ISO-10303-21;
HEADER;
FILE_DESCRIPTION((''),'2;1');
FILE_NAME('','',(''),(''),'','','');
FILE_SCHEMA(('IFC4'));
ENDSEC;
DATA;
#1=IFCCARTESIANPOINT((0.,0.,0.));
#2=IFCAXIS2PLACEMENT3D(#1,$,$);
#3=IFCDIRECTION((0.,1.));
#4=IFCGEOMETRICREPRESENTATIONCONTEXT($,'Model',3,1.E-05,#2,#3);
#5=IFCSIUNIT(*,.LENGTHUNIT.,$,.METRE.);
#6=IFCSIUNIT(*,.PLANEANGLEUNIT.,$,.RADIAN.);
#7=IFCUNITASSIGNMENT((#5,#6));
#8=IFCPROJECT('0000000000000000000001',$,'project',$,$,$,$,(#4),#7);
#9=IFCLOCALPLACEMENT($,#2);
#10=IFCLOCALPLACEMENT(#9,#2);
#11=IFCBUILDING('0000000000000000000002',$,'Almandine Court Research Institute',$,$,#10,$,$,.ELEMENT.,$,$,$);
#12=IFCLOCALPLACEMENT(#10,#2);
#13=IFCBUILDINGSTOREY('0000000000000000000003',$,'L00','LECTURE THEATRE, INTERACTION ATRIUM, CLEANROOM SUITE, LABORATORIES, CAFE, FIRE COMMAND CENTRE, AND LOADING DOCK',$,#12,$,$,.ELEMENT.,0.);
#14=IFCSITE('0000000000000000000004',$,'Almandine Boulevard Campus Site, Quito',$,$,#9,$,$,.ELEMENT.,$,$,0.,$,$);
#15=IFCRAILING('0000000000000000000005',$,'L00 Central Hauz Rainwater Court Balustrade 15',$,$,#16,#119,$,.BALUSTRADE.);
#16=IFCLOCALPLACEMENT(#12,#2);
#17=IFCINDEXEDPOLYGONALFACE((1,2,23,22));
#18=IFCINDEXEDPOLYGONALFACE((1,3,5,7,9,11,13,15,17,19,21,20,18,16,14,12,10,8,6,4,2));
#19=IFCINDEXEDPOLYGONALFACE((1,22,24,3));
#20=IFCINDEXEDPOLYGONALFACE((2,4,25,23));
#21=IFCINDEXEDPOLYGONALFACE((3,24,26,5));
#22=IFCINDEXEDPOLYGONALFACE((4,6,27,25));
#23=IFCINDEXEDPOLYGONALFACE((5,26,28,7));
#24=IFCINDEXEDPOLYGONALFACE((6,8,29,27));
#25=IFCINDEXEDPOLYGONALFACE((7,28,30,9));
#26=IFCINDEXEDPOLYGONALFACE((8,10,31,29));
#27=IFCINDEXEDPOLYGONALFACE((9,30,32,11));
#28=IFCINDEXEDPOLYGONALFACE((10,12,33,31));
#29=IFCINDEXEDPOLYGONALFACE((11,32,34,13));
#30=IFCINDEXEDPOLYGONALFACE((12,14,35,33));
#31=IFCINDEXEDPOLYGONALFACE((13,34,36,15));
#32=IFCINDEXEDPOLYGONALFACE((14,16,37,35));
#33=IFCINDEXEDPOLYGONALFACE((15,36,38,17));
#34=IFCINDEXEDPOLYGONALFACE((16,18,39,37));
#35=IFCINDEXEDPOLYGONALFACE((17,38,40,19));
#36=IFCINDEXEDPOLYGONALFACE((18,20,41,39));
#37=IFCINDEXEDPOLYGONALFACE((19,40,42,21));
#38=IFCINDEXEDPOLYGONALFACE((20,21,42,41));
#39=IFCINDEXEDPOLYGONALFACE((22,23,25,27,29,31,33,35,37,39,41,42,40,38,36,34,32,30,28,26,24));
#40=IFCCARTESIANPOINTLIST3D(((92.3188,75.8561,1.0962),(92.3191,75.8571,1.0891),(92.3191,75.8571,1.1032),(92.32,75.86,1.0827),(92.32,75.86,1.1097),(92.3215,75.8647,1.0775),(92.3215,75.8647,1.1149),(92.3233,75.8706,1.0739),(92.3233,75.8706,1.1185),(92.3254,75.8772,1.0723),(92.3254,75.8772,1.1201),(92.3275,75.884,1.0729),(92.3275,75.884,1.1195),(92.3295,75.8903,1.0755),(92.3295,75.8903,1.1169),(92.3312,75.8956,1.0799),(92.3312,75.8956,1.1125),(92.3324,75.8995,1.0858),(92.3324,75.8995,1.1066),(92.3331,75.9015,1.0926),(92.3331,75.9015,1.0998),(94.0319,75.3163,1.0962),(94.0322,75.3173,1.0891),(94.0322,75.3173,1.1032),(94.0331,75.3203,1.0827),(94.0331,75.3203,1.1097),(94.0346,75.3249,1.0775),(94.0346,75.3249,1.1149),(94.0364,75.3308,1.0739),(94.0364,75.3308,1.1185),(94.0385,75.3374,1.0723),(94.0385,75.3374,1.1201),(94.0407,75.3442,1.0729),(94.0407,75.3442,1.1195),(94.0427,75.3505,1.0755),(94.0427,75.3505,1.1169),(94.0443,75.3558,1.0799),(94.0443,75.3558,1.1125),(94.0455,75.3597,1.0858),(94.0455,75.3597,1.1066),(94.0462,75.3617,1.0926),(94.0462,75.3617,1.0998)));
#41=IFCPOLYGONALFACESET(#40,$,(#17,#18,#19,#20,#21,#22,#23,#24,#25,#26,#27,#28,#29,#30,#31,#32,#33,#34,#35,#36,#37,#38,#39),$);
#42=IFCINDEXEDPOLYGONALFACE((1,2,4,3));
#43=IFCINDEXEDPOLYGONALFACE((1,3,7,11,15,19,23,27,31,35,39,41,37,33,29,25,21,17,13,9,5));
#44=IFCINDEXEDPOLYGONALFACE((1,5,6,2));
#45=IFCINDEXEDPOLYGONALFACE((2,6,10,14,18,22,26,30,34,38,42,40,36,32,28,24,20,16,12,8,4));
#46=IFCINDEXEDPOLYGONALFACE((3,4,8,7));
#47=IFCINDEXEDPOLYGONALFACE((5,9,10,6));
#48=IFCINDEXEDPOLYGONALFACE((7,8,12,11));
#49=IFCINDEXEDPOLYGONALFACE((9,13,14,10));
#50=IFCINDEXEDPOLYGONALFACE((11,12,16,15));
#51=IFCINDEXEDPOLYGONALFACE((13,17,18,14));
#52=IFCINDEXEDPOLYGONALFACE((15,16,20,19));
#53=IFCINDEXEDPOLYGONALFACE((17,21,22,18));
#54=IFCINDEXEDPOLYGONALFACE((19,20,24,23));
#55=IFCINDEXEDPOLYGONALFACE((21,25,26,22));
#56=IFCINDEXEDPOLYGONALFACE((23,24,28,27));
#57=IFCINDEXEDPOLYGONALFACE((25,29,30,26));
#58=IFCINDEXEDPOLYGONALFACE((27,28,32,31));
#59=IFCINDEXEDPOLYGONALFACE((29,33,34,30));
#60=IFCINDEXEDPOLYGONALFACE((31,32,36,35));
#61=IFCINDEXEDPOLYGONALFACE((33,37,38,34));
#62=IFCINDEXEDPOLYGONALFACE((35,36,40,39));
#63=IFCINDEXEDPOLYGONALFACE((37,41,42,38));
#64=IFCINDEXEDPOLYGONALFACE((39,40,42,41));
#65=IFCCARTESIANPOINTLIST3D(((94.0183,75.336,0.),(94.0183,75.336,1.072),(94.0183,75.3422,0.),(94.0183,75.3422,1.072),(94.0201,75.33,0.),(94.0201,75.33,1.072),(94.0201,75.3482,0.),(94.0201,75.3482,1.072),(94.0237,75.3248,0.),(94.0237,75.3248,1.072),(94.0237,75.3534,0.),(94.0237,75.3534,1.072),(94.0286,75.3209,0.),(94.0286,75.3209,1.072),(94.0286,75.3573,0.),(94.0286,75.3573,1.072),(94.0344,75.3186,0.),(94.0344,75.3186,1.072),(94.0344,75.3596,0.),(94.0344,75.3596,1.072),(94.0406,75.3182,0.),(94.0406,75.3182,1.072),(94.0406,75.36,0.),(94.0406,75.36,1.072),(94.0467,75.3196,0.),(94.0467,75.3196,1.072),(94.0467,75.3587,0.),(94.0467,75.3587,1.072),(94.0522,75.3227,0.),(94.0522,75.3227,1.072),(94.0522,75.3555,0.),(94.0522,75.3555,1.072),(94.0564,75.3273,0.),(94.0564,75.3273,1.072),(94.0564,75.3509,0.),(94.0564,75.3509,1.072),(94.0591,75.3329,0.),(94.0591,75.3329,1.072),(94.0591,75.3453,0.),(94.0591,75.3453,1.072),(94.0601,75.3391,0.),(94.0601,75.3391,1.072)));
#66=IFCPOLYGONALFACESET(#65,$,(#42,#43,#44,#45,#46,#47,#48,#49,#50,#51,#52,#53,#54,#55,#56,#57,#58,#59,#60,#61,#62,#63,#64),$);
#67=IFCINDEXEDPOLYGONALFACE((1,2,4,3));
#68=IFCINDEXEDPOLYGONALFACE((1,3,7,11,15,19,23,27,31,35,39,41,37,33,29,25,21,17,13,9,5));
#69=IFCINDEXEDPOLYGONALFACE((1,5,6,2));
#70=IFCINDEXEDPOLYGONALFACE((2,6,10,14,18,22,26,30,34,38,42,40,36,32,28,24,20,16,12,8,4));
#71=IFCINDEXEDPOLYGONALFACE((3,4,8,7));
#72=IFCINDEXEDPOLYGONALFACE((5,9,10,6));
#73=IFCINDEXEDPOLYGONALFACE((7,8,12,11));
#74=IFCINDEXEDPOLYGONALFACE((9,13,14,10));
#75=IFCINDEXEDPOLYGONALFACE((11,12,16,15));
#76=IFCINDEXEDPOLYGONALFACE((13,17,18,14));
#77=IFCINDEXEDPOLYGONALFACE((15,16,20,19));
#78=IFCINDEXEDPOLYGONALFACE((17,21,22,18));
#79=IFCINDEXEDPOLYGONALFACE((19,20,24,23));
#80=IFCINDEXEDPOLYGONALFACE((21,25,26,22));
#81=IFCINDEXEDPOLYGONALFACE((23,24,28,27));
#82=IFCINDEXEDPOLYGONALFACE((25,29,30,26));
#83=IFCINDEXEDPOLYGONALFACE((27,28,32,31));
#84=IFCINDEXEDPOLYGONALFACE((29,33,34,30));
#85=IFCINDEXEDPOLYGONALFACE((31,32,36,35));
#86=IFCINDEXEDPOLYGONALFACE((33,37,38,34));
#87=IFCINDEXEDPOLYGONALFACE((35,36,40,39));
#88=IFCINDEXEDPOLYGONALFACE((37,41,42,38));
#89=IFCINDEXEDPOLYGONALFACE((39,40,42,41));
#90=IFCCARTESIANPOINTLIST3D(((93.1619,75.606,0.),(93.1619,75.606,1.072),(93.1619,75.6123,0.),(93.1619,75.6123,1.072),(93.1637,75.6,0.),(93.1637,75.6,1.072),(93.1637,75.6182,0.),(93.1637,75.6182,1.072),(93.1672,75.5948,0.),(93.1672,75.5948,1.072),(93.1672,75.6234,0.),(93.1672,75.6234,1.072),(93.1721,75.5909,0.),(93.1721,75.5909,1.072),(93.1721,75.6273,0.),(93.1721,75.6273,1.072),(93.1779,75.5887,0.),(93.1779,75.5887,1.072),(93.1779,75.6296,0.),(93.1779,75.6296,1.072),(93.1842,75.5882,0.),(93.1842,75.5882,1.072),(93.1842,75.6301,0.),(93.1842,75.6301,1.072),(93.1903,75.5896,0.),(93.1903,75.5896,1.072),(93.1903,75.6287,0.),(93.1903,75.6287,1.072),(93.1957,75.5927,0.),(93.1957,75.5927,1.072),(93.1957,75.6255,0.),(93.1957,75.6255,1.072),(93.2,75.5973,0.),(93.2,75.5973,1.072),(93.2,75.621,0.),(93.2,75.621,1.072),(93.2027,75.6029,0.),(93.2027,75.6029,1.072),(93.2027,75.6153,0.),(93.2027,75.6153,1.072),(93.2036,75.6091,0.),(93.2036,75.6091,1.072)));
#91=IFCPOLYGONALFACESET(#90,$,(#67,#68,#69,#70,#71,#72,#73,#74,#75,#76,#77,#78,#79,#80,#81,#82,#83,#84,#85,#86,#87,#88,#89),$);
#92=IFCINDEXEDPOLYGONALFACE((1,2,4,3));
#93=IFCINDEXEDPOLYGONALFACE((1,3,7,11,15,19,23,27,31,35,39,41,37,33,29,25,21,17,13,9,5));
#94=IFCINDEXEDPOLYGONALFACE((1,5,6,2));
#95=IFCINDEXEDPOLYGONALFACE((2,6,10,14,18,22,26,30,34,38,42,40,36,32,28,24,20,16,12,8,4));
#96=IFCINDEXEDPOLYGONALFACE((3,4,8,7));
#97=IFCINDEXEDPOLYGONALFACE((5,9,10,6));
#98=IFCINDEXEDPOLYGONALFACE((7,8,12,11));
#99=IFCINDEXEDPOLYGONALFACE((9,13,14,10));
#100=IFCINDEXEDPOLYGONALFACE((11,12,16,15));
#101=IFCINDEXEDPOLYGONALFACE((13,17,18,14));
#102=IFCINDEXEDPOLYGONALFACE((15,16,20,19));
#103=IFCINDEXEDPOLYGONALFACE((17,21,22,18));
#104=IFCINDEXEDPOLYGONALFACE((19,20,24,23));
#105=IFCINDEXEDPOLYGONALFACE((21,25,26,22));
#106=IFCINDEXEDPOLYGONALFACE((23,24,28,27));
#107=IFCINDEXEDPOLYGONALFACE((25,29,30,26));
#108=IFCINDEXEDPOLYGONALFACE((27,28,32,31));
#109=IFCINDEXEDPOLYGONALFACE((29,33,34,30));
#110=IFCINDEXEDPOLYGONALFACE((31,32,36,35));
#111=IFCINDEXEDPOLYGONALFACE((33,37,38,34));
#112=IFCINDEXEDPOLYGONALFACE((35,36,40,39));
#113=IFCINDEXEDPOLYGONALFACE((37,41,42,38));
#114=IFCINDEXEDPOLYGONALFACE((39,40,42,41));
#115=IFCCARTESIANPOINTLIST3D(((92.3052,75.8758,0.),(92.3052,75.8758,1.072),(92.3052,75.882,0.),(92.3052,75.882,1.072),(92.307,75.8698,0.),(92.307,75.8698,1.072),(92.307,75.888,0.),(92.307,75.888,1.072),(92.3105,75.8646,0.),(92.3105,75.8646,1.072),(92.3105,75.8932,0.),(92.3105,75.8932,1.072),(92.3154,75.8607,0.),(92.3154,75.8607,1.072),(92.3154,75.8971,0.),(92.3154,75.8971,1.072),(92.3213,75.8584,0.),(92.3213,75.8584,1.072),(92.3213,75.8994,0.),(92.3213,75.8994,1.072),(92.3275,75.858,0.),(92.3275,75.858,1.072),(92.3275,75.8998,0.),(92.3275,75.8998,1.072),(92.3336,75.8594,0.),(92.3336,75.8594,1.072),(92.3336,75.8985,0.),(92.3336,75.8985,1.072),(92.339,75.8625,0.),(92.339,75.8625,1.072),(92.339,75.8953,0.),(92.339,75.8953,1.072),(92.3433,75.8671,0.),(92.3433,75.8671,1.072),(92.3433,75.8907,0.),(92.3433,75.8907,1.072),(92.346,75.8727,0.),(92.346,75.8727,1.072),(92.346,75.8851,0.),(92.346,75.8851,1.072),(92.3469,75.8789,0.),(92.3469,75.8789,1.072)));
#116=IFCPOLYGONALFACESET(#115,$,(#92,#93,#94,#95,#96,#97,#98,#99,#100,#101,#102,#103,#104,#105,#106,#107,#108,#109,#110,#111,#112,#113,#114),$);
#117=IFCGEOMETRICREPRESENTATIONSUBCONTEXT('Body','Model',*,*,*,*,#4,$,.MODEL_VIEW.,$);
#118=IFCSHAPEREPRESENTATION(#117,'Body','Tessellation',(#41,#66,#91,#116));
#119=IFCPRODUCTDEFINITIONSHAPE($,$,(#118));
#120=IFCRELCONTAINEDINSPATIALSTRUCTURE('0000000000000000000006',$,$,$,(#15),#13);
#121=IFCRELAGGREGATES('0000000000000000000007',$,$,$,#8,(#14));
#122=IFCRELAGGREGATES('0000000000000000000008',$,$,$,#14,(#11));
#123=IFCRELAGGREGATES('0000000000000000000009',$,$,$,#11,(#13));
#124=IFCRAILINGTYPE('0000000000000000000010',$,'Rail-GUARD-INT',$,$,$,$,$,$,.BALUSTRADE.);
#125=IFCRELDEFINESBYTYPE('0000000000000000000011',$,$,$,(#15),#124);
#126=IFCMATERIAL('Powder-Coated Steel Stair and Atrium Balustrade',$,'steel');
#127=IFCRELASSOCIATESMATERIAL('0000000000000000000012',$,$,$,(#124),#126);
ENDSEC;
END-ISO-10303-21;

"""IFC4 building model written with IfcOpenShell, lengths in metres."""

from ifc_helpers import new_model, si_unit, direction, frame, origin, origin_2d, place, context, subcontext, project, spatial, circle, extrude, material, type_object, element, save


model = new_model("IFC4")

# Units and contexts
model_context = context("Model", 3, precision=1e-05, world=origin(), true_north=direction((0.0, 1.0)))
body_context = subcontext(model_context, "Body", "Model", "MODEL_VIEW")
ifc_project = project(units=[si_unit("LENGTHUNIT", "METRE"), si_unit("PLANEANGLEUNIT", "RADIAN")], contexts=[model_context])

# Site, building, storey
site_placement = place(None, origin())
site = spatial("IfcSite", under=ifc_project, at=site_placement, Name="Almandine Boulevard Campus Site, Quito", CompositionType="ELEMENT", RefElevation=0.0)
building_placement = place(site_placement, origin())
building = spatial("IfcBuilding", under=site, at=building_placement, Name="Almandine Court Research Institute", CompositionType="ELEMENT")
storey_placement = place(building_placement, origin())
storey = spatial("IfcBuildingStorey", under=building, at=storey_placement, Name="L00", Description="LECTURE THEATRE, INTERACTION ATRIUM, CLEANROOM SUITE, LABORATORIES, CAFE, FIRE COMMAND CENTRE, AND LOADING DOCK", CompositionType="ELEMENT", Elevation=0.0)

# Railing
ifc_material_1 = material(Name="Powder-Coated Steel Stair and Atrium Balustrade", Category="steel")
railing_type = type_object("IfcRailingType", Name="Rail-GUARD-INT", PredefinedType="BALUSTRADE", material=ifc_material_1)
railing_1_placement = place(storey_placement, frame((94.0391, 75.3391, 0.0)))
element("IfcRailing", 1, at=railing_1_placement, inside=storey, type_object=railing_type, Name="L00 Central Hauz Rainwater Court Balustrade 15", PredefinedType="BALUSTRADE", context=body_context, shape_type="SweptSolid", body=[
    extrude(circle(Radius=0.0239, at=origin_2d()), frame((0.0, 0.0, 1.0962), z_axis=(-0.953774, 0.300526, 0.0), x_axis=(-0.300526, -0.953774, 0.0)), (0.0, 0.0, 1.0), 1.7961),
    extrude(circle(Radius=0.021, at=origin_2d()), origin(), (0.0, 0.0, 1.0), 1.072),
    extrude(circle(Radius=0.021, at=origin_2d()), frame((-0.8564, 0.27, 0.0)), (0.0, 0.0, 1.0), 1.072),
    extrude(circle(Radius=0.021, at=origin_2d()), frame((-1.7131, 0.5398, 0.0)), (0.0, 0.0, 1.0), 1.072),
])

save(model, "model.ifc")
